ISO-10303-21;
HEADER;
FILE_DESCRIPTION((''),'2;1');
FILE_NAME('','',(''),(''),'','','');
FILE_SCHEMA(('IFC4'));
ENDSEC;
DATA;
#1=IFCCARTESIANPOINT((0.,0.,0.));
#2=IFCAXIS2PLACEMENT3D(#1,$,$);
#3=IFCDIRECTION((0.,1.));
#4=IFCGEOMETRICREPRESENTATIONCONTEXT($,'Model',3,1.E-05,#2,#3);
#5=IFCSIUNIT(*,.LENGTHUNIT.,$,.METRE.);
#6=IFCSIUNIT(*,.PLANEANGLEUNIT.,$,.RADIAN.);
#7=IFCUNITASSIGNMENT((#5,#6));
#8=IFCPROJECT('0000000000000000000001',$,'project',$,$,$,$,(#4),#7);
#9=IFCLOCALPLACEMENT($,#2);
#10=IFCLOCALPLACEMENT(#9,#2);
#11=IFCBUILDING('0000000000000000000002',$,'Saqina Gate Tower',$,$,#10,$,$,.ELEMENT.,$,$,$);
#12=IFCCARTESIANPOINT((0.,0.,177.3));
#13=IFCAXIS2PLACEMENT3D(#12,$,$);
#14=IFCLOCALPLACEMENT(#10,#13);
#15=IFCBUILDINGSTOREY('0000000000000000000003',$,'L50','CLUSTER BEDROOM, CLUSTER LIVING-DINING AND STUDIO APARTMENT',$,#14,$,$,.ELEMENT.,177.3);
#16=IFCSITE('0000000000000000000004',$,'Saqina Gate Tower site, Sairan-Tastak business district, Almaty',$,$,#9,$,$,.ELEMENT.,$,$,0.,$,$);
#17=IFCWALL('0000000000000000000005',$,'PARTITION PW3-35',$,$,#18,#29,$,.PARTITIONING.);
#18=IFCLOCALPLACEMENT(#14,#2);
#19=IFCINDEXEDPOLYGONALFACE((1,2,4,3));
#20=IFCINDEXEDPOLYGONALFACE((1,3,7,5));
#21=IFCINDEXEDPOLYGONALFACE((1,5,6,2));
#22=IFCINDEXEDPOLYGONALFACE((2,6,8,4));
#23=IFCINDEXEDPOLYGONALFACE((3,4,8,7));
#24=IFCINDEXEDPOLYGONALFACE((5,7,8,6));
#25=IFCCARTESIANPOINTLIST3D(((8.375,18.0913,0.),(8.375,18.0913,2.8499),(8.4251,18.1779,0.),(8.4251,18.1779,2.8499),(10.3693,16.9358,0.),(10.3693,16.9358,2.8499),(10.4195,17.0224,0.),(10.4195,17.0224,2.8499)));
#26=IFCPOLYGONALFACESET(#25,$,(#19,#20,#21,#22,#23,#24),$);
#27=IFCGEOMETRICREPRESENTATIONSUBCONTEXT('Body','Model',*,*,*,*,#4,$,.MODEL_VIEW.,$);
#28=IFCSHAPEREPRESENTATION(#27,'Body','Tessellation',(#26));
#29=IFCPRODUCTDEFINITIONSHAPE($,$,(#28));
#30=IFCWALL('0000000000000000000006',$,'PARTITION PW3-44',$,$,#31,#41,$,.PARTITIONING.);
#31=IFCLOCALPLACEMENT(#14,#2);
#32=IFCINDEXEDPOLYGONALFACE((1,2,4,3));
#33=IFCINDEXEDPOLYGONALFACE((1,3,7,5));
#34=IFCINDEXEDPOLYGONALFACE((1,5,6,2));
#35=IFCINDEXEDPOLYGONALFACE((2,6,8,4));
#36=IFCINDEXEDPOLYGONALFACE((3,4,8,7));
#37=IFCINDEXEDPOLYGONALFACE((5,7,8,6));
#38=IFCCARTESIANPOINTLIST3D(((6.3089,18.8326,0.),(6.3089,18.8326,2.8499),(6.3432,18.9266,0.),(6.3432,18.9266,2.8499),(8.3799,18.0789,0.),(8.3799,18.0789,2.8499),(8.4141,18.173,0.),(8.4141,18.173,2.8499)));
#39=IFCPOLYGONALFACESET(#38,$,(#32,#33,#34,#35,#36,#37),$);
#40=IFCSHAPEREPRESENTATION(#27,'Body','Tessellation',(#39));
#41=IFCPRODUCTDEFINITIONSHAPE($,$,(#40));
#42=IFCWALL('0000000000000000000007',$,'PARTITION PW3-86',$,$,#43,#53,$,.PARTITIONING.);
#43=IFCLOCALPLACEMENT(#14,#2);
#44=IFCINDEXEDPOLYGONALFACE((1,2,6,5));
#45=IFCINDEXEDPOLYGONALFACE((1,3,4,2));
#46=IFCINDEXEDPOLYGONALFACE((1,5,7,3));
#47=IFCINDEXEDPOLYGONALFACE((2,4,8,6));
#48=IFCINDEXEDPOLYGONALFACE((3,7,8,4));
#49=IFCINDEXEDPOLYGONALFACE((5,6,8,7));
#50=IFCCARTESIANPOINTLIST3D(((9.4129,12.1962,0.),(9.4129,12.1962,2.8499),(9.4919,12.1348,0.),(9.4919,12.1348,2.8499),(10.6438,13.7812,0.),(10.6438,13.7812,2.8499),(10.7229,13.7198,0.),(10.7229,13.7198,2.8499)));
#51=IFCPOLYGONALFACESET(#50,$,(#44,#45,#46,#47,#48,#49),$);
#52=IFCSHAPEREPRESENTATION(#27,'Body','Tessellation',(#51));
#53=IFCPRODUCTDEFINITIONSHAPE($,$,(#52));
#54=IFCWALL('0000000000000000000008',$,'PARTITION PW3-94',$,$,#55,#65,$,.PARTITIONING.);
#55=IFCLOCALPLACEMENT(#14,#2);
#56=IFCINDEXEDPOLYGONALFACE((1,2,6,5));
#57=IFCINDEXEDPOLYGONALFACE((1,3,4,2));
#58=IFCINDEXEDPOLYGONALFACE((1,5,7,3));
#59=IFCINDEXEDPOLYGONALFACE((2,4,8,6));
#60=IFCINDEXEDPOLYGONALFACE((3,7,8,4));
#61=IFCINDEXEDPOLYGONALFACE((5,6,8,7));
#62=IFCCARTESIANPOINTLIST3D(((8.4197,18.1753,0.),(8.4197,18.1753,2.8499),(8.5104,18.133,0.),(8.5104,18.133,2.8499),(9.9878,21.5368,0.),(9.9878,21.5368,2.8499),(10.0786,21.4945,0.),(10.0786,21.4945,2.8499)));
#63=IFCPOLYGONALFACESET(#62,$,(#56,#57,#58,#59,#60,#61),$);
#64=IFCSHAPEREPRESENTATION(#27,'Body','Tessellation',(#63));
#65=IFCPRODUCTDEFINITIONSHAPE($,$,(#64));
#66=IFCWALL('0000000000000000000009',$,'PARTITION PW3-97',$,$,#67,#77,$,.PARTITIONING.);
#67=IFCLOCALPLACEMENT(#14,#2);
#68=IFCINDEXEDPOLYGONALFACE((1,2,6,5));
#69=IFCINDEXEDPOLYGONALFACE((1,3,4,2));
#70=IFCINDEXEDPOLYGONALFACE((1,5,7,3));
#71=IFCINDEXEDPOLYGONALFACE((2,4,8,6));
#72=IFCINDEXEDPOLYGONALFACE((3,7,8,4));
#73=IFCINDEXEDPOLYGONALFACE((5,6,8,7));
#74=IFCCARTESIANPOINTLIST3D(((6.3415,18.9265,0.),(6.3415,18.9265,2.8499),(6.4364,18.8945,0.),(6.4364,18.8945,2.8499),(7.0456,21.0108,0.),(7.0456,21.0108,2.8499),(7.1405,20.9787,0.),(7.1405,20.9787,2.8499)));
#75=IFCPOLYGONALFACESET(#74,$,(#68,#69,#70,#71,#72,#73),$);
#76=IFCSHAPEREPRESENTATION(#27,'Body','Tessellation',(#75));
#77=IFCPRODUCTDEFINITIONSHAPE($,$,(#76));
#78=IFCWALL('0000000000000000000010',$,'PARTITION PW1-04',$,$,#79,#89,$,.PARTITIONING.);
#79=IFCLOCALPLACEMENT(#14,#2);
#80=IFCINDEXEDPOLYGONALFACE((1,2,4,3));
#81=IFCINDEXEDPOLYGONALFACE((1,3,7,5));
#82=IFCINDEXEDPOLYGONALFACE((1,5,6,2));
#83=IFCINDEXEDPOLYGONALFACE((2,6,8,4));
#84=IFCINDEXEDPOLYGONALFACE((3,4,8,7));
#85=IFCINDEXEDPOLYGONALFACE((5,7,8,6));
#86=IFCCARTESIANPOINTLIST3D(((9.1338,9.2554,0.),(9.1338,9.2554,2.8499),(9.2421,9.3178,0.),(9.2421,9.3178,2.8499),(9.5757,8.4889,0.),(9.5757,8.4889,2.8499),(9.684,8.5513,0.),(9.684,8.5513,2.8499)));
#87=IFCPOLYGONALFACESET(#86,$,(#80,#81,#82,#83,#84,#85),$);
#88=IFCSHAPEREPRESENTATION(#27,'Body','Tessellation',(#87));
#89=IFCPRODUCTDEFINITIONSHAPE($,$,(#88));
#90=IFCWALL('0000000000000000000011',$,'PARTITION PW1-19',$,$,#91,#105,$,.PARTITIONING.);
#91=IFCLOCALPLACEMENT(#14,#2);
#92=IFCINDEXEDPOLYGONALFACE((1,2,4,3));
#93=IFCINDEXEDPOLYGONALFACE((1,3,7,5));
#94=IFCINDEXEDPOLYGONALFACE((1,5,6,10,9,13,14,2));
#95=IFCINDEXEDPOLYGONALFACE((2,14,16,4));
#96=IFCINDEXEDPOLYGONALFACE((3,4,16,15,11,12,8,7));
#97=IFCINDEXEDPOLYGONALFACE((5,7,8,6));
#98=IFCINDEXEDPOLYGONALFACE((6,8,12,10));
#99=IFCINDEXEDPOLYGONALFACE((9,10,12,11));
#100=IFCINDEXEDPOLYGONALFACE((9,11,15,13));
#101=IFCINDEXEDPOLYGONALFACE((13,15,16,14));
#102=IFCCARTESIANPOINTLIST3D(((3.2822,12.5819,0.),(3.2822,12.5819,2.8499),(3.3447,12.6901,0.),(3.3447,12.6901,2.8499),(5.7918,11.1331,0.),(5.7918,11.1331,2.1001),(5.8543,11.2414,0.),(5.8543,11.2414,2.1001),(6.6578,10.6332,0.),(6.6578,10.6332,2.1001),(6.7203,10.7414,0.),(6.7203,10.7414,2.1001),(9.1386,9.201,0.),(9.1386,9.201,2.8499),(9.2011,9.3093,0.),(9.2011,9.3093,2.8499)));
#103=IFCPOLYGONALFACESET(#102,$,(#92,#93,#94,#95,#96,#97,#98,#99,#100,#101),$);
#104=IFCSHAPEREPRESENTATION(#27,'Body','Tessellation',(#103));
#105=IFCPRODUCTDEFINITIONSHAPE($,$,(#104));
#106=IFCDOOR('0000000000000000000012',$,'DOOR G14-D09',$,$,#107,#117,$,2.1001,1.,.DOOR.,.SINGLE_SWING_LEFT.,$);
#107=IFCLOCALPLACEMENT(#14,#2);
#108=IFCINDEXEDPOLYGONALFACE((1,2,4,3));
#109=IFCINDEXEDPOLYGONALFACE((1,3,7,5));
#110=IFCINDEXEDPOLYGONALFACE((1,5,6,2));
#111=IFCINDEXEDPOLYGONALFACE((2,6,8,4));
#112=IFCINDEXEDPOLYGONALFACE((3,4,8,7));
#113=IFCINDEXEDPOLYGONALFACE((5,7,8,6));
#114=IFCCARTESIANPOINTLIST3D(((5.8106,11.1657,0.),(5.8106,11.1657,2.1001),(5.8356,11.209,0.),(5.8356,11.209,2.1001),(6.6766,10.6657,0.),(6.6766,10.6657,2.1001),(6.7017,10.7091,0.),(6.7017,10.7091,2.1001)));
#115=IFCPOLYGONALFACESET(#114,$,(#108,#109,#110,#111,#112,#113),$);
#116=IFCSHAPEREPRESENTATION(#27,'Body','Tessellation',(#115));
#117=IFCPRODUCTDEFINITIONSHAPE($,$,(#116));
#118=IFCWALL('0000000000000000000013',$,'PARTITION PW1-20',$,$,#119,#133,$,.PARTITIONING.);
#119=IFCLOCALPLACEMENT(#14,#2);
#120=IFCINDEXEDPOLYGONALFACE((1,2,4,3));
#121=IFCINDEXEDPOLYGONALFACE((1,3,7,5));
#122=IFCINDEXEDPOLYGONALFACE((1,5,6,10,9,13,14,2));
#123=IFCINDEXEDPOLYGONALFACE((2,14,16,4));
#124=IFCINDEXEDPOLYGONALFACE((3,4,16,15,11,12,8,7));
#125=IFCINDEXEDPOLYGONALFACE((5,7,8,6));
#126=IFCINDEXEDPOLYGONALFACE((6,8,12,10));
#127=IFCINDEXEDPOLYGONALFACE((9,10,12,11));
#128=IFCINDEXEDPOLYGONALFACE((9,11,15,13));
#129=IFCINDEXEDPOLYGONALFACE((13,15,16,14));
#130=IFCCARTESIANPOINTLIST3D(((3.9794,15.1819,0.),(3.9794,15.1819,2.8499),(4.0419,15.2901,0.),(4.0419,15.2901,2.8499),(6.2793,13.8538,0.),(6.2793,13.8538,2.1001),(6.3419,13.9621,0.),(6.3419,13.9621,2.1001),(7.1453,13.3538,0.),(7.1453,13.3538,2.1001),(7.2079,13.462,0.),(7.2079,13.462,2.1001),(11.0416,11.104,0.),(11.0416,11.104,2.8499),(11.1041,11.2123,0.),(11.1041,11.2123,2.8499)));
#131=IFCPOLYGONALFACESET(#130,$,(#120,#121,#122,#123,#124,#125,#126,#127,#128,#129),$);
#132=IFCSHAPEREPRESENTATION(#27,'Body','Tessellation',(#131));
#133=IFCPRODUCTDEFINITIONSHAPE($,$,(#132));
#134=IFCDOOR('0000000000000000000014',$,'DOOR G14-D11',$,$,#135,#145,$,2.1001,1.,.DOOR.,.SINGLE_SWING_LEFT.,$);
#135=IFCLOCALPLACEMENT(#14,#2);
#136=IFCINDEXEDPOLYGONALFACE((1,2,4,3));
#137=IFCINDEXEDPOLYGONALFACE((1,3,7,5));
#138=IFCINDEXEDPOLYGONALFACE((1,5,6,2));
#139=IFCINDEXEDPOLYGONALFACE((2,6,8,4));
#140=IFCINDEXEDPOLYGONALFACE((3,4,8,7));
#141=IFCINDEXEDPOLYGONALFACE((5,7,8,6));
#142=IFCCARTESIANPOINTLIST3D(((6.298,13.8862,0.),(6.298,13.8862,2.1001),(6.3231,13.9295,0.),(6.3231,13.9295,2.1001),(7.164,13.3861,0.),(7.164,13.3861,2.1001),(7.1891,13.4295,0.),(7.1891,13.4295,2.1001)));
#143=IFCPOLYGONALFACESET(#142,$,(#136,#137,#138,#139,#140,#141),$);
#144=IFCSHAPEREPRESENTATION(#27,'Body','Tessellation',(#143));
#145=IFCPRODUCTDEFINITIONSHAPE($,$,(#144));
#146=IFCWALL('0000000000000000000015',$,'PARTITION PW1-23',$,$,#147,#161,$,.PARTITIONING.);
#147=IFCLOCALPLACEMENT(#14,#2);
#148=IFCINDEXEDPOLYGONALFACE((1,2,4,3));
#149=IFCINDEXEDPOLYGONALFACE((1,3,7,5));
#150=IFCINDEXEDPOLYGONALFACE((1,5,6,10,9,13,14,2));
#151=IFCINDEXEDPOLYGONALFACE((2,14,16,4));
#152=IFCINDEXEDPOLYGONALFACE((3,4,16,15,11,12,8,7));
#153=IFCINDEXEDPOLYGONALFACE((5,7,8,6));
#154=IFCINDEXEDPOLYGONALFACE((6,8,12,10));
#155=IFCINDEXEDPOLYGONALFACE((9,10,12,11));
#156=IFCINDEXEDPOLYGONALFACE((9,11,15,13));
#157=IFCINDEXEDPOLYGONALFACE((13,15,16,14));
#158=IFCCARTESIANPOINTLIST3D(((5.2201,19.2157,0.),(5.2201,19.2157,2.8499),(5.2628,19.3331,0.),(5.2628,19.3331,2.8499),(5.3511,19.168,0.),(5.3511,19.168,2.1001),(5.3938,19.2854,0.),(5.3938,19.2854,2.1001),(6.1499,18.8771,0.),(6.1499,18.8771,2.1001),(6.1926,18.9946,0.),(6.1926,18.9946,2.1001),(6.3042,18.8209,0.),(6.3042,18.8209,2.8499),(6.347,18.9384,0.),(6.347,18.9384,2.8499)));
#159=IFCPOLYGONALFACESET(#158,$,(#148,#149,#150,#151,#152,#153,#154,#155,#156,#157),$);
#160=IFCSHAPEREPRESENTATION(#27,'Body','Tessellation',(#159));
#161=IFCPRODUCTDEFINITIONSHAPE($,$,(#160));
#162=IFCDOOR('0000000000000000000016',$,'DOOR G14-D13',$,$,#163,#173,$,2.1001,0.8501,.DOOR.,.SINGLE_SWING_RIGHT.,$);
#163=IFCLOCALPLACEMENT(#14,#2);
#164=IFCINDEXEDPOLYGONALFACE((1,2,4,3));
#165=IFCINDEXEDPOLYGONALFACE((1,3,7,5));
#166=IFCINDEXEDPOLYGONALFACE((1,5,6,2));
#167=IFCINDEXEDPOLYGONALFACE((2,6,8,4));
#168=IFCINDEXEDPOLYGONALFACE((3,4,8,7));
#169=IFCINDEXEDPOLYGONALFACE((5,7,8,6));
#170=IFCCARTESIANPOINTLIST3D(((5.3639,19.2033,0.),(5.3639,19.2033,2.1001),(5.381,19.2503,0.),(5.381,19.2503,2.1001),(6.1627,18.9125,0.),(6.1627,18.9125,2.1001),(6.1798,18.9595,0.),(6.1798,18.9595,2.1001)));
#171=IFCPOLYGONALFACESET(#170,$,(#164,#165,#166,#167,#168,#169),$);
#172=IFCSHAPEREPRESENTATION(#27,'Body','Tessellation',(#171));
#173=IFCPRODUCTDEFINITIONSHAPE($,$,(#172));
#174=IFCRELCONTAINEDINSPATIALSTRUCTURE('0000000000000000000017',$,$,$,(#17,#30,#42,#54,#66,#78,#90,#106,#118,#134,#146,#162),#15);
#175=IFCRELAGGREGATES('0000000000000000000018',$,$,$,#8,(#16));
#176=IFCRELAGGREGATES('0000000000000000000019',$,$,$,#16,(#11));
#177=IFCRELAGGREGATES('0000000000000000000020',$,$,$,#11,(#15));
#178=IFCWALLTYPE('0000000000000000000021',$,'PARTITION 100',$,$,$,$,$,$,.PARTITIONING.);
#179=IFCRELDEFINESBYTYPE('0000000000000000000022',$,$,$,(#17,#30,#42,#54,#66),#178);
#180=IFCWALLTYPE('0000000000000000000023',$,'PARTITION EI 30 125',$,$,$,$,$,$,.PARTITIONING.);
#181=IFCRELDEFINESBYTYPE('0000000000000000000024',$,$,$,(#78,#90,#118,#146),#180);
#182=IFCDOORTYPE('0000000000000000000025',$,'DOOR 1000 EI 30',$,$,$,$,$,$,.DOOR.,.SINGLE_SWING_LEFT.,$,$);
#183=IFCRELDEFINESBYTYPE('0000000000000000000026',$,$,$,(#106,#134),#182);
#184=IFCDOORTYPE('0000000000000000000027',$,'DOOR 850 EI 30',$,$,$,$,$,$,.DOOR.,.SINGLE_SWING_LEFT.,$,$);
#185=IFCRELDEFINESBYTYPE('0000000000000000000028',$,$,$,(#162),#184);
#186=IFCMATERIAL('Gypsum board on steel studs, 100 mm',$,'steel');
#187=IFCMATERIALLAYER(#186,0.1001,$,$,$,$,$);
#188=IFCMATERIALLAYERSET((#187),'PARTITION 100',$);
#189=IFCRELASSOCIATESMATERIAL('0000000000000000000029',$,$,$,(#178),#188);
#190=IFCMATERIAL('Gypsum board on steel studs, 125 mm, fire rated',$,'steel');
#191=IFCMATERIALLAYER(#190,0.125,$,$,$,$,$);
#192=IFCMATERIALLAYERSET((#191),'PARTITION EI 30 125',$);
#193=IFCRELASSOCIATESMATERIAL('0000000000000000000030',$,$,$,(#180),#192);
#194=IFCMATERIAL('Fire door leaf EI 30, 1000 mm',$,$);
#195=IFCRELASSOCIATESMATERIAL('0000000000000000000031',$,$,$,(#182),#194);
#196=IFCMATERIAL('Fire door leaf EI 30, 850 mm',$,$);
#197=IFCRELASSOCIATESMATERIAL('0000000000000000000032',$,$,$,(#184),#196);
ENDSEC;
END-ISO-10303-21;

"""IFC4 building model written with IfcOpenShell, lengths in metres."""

from ifc_helpers import new_model, si_unit, direction, frame, frame_2d, origin, place, context, subcontext, project, spatial, rectangle, extrude, material, layer, layer_set, type_object, element, fill, save


model = new_model("IFC4")

# Units and contexts
model_context = context("Model", 3, precision=1e-05, world=origin(), true_north=direction((0.0, 1.0)))
body_context = subcontext(model_context, "Body", "Model", "MODEL_VIEW")
ifc_project = project(units=[si_unit("LENGTHUNIT", "METRE"), si_unit("PLANEANGLEUNIT", "RADIAN")], contexts=[model_context])

# Site, building, storey
site_placement = place(None, origin())
site = spatial("IfcSite", under=ifc_project, at=site_placement, Name="Saqina Gate Tower site, Sairan-Tastak business district, Almaty", CompositionType="ELEMENT", RefElevation=0.0)
building_placement = place(site_placement, origin())
building = spatial("IfcBuilding", under=site, at=building_placement, Name="Saqina Gate Tower", CompositionType="ELEMENT")
storey_placement = place(building_placement, frame((0.0, 0.0, 177.3)))
storey = spatial("IfcBuildingStorey", under=building, at=storey_placement, Name="L50", Description="CLUSTER BEDROOM, CLUSTER LIVING-DINING AND STUDIO APARTMENT", CompositionType="ELEMENT", Elevation=177.3)

# Walls
ifc_material_1 = material(Name="Gypsum board on steel studs, 100 mm", Category="steel")
ifc_layer_1 = layer(ifc_material_1, 0.1001)
ifc_layer_set_1 = layer_set([ifc_layer_1], Name="PARTITION 100")
wall_type_1 = type_object("IfcWallType", Name="PARTITION 100", PredefinedType="PARTITIONING", material=ifc_layer_set_1)
wall_1_placement = place(storey_placement, frame((8.4001, 18.1345, 0.0), z_axis=(0.0, 0.0, 1.0), x_axis=(0.865262, -0.50132, 0.0)))
element("IfcWall", 1, at=wall_1_placement, inside=storey, type_object=wall_type_1, Name="PARTITION PW3-35", PredefinedType="PARTITIONING", context=body_context, shape_type="SweptSolid", body=[
    extrude(rectangle(XDim=2.3049, YDim=0.1001, at=frame_2d((1.1523, 0.0))), origin(), (0.0, 0.0, 1.0), 2.8499),
])
wall_2_placement = place(storey_placement, frame((6.3259, 18.8796, 0.0), z_axis=(0.0, 0.0, 1.0), x_axis=(0.939713, -0.341965, 0.0)))
element("IfcWall", 2, at=wall_2_placement, inside=storey, type_object=wall_type_1, Name="PARTITION PW3-44", PredefinedType="PARTITIONING", context=body_context, shape_type="SweptSolid", body=[
    extrude(rectangle(XDim=2.2039, YDim=0.1001, at=frame_2d((1.1021, 0.0))), origin(), (0.0, 0.0, 1.0), 2.8499),
])
wall_3_placement = place(storey_placement, frame((9.4524, 12.1655, 0.0), z_axis=(0.0, 0.0, 1.0), x_axis=(0.613385, 0.789784, 0.0)))
element("IfcWall", 3, at=wall_3_placement, inside=storey, type_object=wall_type_1, Name="PARTITION PW3-86", PredefinedType="PARTITIONING", context=body_context, shape_type="SweptSolid", body=[
    extrude(rectangle(XDim=2.0068, YDim=0.1001, at=frame_2d((1.0034, 0.0))), origin(), (0.0, 0.0, 1.0), 2.8499),
])
wall_4_placement = place(storey_placement, frame((8.4651, 18.1543, 0.0), z_axis=(0.0, 0.0, 1.0), x_axis=(0.422774, 0.906235, 0.0)))
element("IfcWall", 4, at=wall_4_placement, inside=storey, type_object=wall_type_1, Name="PARTITION PW3-94", PredefinedType="PARTITIONING", context=body_context, shape_type="SweptSolid", body=[
    extrude(rectangle(XDim=3.7092, YDim=0.1001, at=frame_2d((1.8545, 0.0))), origin(), (0.0, 0.0, 1.0), 2.8499),
])
wall_5_placement = place(storey_placement, frame((6.3889, 18.9104, 0.0), z_axis=(0.0, 0.0, 1.0), x_axis=(0.320054, 0.947399, 0.0)))
element("IfcWall", 5, at=wall_5_placement, inside=storey, type_object=wall_type_1, Name="PARTITION PW3-97", PredefinedType="PARTITIONING", context=body_context, shape_type="SweptSolid", body=[
    extrude(rectangle(XDim=2.2, YDim=0.1001, at=frame_2d((1.1001, 0.0))), origin(), (0.0, 0.0, 1.0), 2.8499),
])
ifc_material_2 = material(Name="Gypsum board on steel studs, 125 mm, fire rated", Category="steel")
ifc_layer_2 = layer(ifc_material_2, 0.125)
ifc_layer_set_2 = layer_set([ifc_layer_2], Name="PARTITION EI 30 125")
wall_type_2 = type_object("IfcWallType", Name="PARTITION EI 30 125", PredefinedType="PARTITIONING", material=ifc_layer_set_2)
wall_6_placement = place(storey_placement, frame((9.188, 9.2866, 0.0), z_axis=(0.0, 0.0, 1.0), x_axis=(0.499404, -0.866369, 0.0)))
element("IfcWall", 6, at=wall_6_placement, inside=storey, type_object=wall_type_2, Name="PARTITION PW1-04", PredefinedType="PARTITIONING", context=body_context, shape_type="SweptSolid", body=[
    extrude(rectangle(XDim=0.8848, YDim=0.125, at=frame_2d((0.4424, 0.0))), origin(), (0.0, 0.0, 1.0), 2.8499),
])

# Walls, openings, doors
wall_7_placement = place(storey_placement, frame((3.3135, 12.636, 0.0), z_axis=(0.0, 0.0, 1.0), x_axis=(0.866049, -0.49996, 0.0)))
wall_7 = element("IfcWall", 7, at=wall_7_placement, inside=storey, type_object=wall_type_2, Name="PARTITION PW1-19", PredefinedType="PARTITIONING", context=body_context, shape_type="SweptSolid", body=[
    extrude(rectangle(XDim=6.7622, YDim=0.125, at=frame_2d((3.3811, 0.0))), origin(), (0.0, 0.0, 1.0), 2.8499),
])
opening_1_placement = place(wall_7_placement, frame((2.8977, 0.0, 0.0)))
opening_1 = element("IfcOpeningElement", 8, at=opening_1_placement, cuts=wall_7, PredefinedType="OPENING", context=body_context, shape_type="SweptSolid", body=[
    extrude(rectangle(XDim=1.0, YDim=2.1001, at=frame_2d((0.5, 1.05))), frame((0.0, 0.0745, 0.0), z_axis=(0.0, -1.0, 0.0), x_axis=(1.0, 0.0, 0.0)), (0.0, 0.0, 1.0), 0.1489),
])
ifc_material_3 = material(Name="Fire door leaf EI 30, 1000 mm")
door_type_1 = type_object("IfcDoorType", Name="DOOR 1000 EI 30", OperationType="SINGLE_SWING_LEFT", PredefinedType="DOOR", material=ifc_material_3)
door_1_placement = place(opening_1_placement, frame((1.0, 0.0, 0.0), z_axis=(0.0, 0.0, 1.0), x_axis=(-1.0, 0.0, 0.0)))
door_1 = element("IfcDoor", 9, at=door_1_placement, inside=storey, type_object=door_type_1, Name="DOOR G14-D09", OperationType="SINGLE_SWING_LEFT", OverallHeight=2.1001, OverallWidth=1.0, PredefinedType="DOOR", context=body_context, shape_type="SweptSolid", body=[
    extrude(rectangle(XDim=1.0, YDim=2.1001, at=frame_2d((0.5, 1.05))), frame((0.0, 0.0249, 0.0), z_axis=(0.0, -1.0, 0.0), x_axis=(1.0, 0.0, 0.0)), (0.0, 0.0, 1.0), 0.05),
])
fill(opening_1, door_1)
wall_8_placement = place(storey_placement, frame((4.0105, 15.2361, 0.0), z_axis=(0.0, 0.0, 1.0), x_axis=(0.866, -0.500045, 0.0)))
wall_8 = element("IfcWall", 10, at=wall_8_placement, inside=storey, type_object=wall_type_2, Name="PARTITION PW1-20", PredefinedType="PARTITIONING", context=body_context, shape_type="SweptSolid", body=[
    extrude(rectangle(XDim=8.155, YDim=0.125, at=frame_2d((4.0776, 0.0))), origin(), (0.0, 0.0, 1.0), 2.8499),
])
opening_2_placement = place(wall_8_placement, frame((2.656, 0.0, 0.0)))
opening_2 = element("IfcOpeningElement", 11, at=opening_2_placement, cuts=wall_8, PredefinedType="OPENING", context=body_context, shape_type="SweptSolid", body=[
    extrude(rectangle(XDim=1.0, YDim=2.1001, at=frame_2d((0.5, 1.05))), frame((0.0, 0.0745, 0.0), z_axis=(0.0, -1.0, 0.0), x_axis=(1.0, 0.0, 0.0)), (0.0, 0.0, 1.0), 0.1489),
])
door_2_placement = place(opening_2_placement, origin())
door_2 = element("IfcDoor", 12, at=door_2_placement, inside=storey, type_object=door_type_1, Name="DOOR G14-D11", OperationType="SINGLE_SWING_LEFT", OverallHeight=2.1001, OverallWidth=1.0, PredefinedType="DOOR", context=body_context, shape_type="SweptSolid", body=[
    extrude(rectangle(XDim=1.0, YDim=2.1001, at=frame_2d((0.5, 1.05))), frame((0.0, 0.0249, 0.0), z_axis=(0.0, -1.0, 0.0), x_axis=(1.0, 0.0, 0.0)), (0.0, 0.0, 1.0), 0.05),
])
fill(opening_2, door_2)
wall_9_placement = place(storey_placement, frame((5.2415, 19.2744, 0.0), z_axis=(0.0, 0.0, 1.0), x_axis=(0.939651, -0.342134, 0.0)))
wall_9 = element("IfcWall", 13, at=wall_9_placement, inside=storey, type_object=wall_type_2, Name="PARTITION PW1-23", PredefinedType="PARTITIONING", context=body_context, shape_type="SweptSolid", body=[
    extrude(rectangle(XDim=1.1538, YDim=0.125, at=frame_2d((0.5769, 0.0))), origin(), (0.0, 0.0, 1.0), 2.8499),
])
opening_3_placement = place(wall_9_placement, frame((0.1394, 0.0, 0.0)))
opening_3 = element("IfcOpeningElement", 14, at=opening_3_placement, cuts=wall_9, PredefinedType="OPENING", context=body_context, shape_type="SweptSolid", body=[
    extrude(rectangle(XDim=0.8501, YDim=2.1001, at=frame_2d((0.425, 1.05))), frame((0.0, 0.0745, 0.0), z_axis=(0.0, -1.0, 0.0), x_axis=(1.0, 0.0, 0.0)), (0.0, 0.0, 1.0), 0.1489),
])
ifc_material_4 = material(Name="Fire door leaf EI 30, 850 mm")
door_type_2 = type_object("IfcDoorType", Name="DOOR 850 EI 30", OperationType="SINGLE_SWING_LEFT", PredefinedType="DOOR", material=ifc_material_4)
door_3_placement = place(opening_3_placement, frame((0.8501, 0.0, 0.0), z_axis=(0.0, 0.0, 1.0), x_axis=(-1.0, 0.0, 0.0)))
door_3 = element("IfcDoor", 15, at=door_3_placement, inside=storey, type_object=door_type_2, Name="DOOR G14-D13", OperationType="SINGLE_SWING_RIGHT", OverallHeight=2.1001, OverallWidth=0.8501, PredefinedType="DOOR", context=body_context, shape_type="SweptSolid", body=[
    extrude(rectangle(XDim=0.8501, YDim=2.1001, at=frame_2d((0.425, 1.05))), frame((0.0, 0.0249, 0.0), z_axis=(0.0, -1.0, 0.0), x_axis=(1.0, 0.0, 0.0)), (0.0, 0.0, 1.0), 0.05),
])
fill(opening_3, door_3)

save(model, "model.ifc")
